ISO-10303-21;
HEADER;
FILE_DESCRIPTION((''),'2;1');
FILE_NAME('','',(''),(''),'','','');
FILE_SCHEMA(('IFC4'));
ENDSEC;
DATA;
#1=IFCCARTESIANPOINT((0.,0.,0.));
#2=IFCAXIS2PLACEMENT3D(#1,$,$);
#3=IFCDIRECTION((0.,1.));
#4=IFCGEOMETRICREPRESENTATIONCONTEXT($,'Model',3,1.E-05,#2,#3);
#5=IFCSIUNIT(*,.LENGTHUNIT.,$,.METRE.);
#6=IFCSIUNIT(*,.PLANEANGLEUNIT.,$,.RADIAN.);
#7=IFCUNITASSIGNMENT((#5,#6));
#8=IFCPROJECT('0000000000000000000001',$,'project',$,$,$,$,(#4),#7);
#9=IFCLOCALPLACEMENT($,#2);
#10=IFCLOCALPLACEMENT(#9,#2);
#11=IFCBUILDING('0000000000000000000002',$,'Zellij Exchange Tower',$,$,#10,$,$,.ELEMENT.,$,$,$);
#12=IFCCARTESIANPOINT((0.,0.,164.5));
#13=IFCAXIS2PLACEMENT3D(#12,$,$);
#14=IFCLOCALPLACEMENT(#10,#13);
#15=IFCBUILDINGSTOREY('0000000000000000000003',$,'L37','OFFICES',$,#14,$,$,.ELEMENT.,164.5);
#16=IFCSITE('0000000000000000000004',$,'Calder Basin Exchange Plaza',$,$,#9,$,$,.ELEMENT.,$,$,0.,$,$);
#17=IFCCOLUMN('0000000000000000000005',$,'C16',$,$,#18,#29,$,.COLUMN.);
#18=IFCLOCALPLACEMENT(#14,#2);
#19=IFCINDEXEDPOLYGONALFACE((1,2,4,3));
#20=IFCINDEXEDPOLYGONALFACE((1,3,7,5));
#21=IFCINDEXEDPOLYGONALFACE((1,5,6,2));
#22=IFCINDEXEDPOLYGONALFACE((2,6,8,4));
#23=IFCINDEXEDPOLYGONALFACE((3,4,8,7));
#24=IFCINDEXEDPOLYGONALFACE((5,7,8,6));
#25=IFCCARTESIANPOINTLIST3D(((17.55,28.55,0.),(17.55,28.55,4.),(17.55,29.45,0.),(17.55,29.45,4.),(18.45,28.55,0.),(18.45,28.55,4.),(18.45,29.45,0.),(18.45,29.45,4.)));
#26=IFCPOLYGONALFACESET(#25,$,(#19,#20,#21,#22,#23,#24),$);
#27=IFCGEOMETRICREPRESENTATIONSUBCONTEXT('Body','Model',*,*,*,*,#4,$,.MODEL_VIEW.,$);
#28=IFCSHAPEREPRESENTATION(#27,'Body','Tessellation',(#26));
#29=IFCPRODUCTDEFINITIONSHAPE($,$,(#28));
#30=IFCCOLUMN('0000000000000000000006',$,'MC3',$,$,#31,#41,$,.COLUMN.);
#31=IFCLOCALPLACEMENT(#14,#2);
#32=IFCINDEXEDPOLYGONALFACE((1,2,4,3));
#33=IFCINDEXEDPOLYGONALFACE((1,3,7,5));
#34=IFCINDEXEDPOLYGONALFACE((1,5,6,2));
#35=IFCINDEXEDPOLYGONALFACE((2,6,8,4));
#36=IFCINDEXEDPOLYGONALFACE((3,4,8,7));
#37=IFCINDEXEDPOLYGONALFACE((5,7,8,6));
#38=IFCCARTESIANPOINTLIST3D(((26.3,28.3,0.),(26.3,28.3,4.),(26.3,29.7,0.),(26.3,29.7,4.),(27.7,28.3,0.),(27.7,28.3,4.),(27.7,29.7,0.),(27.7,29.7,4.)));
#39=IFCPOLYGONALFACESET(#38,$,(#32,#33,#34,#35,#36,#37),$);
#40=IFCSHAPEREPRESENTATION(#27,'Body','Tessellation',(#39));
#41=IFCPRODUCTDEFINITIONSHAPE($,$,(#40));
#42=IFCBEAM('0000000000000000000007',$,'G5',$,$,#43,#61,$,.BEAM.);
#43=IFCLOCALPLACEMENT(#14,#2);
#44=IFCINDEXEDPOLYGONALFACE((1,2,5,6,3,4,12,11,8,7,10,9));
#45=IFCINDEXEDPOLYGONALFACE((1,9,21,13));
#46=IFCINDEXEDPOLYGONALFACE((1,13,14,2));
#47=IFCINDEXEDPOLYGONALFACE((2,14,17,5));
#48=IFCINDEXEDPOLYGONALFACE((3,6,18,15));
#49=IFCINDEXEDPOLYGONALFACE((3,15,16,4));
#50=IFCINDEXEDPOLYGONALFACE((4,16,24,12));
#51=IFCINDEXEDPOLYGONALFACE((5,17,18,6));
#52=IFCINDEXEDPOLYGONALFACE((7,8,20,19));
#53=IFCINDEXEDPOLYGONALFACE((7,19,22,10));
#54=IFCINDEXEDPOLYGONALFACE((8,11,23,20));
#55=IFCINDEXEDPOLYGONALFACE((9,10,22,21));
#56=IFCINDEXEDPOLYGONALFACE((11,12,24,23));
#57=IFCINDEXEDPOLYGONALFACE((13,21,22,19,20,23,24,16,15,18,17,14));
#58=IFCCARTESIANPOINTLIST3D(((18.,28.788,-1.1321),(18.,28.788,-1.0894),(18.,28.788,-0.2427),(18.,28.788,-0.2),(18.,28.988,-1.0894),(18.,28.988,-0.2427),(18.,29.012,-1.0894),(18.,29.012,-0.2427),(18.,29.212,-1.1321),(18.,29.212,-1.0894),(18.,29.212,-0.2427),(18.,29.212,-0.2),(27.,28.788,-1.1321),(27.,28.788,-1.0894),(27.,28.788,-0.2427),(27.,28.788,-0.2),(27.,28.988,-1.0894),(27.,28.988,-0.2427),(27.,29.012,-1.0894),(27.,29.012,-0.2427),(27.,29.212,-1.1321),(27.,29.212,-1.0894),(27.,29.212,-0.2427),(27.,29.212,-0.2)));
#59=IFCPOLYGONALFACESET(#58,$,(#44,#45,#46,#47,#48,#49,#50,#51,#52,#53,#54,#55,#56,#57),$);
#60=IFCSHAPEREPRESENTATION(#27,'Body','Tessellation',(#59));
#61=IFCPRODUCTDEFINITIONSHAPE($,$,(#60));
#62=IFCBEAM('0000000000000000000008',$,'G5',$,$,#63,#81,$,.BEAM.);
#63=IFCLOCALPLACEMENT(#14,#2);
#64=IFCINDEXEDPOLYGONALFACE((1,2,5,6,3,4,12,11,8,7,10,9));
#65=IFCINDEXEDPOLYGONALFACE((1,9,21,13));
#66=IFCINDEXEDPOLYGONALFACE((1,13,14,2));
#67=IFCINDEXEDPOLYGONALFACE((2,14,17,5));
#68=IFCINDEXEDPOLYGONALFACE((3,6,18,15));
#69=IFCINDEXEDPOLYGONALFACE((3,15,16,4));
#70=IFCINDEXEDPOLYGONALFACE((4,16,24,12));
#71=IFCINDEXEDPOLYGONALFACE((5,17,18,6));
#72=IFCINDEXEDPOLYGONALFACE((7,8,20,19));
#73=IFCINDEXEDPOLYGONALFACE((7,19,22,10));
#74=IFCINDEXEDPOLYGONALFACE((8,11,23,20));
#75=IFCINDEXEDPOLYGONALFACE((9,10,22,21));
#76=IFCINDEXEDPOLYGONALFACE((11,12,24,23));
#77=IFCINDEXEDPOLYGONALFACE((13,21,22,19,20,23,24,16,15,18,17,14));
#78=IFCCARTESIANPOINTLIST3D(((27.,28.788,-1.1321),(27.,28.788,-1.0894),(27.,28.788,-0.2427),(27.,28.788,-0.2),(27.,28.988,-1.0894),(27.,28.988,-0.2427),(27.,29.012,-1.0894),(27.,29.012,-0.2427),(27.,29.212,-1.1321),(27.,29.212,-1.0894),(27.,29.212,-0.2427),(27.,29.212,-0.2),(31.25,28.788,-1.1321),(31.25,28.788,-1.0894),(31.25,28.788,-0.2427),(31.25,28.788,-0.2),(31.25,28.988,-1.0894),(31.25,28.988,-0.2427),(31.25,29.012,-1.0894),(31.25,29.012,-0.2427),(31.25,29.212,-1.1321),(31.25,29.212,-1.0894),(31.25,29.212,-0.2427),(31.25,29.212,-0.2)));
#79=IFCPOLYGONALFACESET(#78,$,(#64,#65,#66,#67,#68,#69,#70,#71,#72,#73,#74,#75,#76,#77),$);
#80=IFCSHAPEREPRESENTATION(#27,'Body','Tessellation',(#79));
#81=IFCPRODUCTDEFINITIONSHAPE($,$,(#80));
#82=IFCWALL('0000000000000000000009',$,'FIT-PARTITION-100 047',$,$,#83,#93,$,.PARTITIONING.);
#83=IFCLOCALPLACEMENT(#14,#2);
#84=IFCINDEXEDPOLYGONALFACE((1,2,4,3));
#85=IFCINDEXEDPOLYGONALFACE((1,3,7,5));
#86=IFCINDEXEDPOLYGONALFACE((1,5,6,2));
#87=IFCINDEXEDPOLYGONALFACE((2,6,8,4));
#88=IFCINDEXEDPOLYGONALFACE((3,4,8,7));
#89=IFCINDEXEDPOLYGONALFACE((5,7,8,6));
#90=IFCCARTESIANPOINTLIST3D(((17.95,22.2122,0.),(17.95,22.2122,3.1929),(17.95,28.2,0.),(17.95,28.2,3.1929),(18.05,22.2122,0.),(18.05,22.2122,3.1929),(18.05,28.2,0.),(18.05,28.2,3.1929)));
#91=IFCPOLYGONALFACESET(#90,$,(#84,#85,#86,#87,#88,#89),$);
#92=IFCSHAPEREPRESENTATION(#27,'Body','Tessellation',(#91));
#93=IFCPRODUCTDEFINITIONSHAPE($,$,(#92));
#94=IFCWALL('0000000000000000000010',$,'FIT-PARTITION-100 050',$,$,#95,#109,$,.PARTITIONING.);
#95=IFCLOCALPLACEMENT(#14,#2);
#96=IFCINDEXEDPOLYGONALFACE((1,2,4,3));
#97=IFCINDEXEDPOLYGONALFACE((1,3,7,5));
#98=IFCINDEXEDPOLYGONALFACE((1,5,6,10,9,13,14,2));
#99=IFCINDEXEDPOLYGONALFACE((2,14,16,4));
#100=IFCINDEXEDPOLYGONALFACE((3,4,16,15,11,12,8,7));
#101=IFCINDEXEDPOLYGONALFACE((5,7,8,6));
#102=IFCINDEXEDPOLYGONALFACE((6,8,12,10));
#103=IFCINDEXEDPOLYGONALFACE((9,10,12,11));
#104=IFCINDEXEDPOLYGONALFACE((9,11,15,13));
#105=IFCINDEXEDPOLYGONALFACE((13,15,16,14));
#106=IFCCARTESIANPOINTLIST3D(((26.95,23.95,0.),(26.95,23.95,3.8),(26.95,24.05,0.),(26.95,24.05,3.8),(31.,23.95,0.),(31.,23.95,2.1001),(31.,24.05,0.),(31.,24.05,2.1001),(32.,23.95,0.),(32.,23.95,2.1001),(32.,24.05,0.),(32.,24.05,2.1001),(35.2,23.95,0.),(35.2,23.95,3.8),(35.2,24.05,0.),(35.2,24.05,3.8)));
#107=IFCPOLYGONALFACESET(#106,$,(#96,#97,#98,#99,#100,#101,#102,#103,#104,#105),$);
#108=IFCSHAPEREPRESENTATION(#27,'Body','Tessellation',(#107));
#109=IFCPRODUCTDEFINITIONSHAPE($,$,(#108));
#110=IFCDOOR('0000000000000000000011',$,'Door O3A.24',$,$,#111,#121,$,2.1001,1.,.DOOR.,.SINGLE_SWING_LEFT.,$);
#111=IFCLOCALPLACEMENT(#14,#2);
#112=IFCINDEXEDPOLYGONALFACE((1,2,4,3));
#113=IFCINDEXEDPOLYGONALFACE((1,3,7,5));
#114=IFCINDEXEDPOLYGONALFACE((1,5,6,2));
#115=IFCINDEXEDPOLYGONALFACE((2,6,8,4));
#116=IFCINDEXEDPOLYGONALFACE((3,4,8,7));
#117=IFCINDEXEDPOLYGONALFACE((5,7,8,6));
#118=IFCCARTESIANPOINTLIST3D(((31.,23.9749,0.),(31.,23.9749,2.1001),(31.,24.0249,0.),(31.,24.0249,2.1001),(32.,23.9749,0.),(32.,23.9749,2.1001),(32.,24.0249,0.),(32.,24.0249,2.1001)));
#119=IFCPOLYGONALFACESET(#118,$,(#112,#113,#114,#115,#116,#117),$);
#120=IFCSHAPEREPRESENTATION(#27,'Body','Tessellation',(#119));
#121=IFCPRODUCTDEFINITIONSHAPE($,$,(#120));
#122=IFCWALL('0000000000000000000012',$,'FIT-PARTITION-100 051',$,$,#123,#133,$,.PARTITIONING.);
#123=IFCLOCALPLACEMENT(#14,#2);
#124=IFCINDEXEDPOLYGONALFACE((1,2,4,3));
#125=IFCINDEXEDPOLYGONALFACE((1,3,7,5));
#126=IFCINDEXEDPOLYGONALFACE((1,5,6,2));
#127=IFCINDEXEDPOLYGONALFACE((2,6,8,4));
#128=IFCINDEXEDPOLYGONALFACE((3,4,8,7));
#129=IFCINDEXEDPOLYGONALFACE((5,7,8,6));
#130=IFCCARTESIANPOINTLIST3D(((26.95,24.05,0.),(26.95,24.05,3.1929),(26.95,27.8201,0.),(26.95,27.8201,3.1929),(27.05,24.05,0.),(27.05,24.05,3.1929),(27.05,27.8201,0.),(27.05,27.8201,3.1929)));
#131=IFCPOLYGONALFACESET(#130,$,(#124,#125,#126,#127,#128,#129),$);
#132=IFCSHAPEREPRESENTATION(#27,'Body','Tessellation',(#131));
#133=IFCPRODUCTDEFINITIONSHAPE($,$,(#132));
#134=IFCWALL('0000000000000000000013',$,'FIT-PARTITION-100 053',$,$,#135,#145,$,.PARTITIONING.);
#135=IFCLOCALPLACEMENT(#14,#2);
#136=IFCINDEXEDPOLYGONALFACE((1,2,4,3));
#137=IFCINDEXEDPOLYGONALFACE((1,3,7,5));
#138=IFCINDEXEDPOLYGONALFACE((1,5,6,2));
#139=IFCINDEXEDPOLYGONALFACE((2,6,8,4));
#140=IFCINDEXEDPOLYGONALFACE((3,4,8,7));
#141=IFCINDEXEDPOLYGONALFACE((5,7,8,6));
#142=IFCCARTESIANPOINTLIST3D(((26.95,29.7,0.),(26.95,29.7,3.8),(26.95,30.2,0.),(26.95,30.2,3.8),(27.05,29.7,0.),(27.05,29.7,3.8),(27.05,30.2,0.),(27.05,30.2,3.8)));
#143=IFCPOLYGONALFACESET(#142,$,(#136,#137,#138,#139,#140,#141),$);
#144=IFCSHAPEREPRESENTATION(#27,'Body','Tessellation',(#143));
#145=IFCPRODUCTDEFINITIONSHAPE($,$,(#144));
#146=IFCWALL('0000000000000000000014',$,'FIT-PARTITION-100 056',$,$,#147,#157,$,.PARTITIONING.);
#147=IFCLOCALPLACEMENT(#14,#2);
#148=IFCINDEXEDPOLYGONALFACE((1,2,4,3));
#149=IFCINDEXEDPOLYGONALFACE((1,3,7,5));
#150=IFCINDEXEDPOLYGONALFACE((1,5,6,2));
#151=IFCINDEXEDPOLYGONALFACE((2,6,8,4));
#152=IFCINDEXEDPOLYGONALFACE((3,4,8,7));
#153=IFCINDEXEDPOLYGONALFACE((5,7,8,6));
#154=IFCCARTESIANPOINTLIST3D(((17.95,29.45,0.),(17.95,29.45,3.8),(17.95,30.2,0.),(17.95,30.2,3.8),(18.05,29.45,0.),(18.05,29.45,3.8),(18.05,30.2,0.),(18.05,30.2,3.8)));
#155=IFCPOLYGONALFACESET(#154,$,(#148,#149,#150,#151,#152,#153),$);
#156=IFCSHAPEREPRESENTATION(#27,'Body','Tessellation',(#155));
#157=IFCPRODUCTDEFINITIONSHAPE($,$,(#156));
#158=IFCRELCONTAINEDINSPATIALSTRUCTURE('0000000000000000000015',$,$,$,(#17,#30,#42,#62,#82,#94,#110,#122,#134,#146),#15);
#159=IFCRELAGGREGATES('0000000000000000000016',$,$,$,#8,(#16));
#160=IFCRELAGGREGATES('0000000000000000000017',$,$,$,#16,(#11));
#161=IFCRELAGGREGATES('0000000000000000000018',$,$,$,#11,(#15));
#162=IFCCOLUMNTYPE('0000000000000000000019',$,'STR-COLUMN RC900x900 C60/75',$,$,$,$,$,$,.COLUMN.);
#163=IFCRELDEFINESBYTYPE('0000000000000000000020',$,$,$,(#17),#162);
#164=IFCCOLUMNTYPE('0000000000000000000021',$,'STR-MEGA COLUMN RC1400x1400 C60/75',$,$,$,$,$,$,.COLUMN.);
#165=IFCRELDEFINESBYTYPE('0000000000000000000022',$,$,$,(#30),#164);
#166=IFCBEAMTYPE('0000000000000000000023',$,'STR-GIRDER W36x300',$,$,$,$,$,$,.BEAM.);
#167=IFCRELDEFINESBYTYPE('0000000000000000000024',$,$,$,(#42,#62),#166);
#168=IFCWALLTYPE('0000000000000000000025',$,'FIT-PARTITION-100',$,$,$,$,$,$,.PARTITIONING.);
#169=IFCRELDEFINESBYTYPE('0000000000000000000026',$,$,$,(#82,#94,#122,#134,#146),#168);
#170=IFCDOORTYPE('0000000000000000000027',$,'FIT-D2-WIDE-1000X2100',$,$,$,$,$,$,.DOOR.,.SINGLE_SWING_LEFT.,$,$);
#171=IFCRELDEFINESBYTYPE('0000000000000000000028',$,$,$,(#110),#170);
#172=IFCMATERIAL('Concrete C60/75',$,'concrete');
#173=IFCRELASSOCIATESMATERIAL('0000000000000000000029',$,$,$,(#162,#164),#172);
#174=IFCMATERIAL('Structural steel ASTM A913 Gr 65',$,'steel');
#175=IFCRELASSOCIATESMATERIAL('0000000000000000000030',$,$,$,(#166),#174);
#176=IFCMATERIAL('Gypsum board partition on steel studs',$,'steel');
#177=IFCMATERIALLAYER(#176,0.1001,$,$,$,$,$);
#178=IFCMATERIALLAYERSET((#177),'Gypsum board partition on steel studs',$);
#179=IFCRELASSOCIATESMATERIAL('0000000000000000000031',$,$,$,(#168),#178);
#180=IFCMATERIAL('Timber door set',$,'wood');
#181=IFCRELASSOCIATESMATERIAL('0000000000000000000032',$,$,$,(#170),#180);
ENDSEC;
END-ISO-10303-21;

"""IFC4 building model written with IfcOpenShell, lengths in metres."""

from ifc_helpers import new_model, si_unit, direction, frame, frame_2d, origin, origin_2d, place, context, subcontext, project, spatial, rectangle, i_section, extrude, material, layer, layer_set, material_profile, profile_set, type_object, element, fill, save


model = new_model("IFC4")

# Units and contexts
model_context = context("Model", 3, precision=1e-05, world=origin(), true_north=direction((0.0, 1.0)))
body_context = subcontext(model_context, "Body", "Model", "MODEL_VIEW")
ifc_project = project(units=[si_unit("LENGTHUNIT", "METRE"), si_unit("PLANEANGLEUNIT", "RADIAN")], contexts=[model_context])

# Site, building, storey
site_placement = place(None, origin())
site = spatial("IfcSite", under=ifc_project, at=site_placement, Name="Calder Basin Exchange Plaza", CompositionType="ELEMENT", RefElevation=0.0)
building_placement = place(site_placement, origin())
building = spatial("IfcBuilding", under=site, at=building_placement, Name="Zellij Exchange Tower", CompositionType="ELEMENT")
storey_placement = place(building_placement, frame((0.0, 0.0, 164.5)))
storey = spatial("IfcBuildingStorey", under=building, at=storey_placement, Name="L37", Description="OFFICES", CompositionType="ELEMENT", Elevation=164.5)

# Columns
ifc_material_1 = material(Name="Concrete C60/75", Category="concrete")
ifc_material_profile_1 = material_profile(ifc_material_1, rectangle(XDim=0.8999, YDim=0.8999, at=origin_2d()), Name="STR-COLUMN RC900x900 C60/75")
ifc_profile_set_1 = profile_set([ifc_material_profile_1], Name="Concrete C60/75")
column_type_1 = type_object("IfcColumnType", Name="STR-COLUMN RC900x900 C60/75", PredefinedType="COLUMN", material=ifc_profile_set_1)
column_1_placement = place(storey_placement, frame((18.0, 29.0, 0.0), z_axis=(0.0, 0.0, 1.0), x_axis=(1.0, 0.0, 0.0)))
element("IfcColumn", 1, at=column_1_placement, inside=storey, type_object=column_type_1, Name="C16", PredefinedType="COLUMN", context=body_context, shape_type="SweptSolid", body=[
    extrude(rectangle(XDim=0.8999, YDim=0.8999, at=origin_2d()), origin(), (0.0, 0.0, 1.0), 4.0),
])
ifc_material_profile_2 = material_profile(ifc_material_1, rectangle(XDim=1.3999, YDim=1.3999, at=origin_2d()), Name="STR-MEGA COLUMN RC1400x1400 C60/75")
ifc_profile_set_2 = profile_set([ifc_material_profile_2], Name="Concrete C60/75")
column_type_2 = type_object("IfcColumnType", Name="STR-MEGA COLUMN RC1400x1400 C60/75", PredefinedType="COLUMN", material=ifc_profile_set_2)
column_2_placement = place(storey_placement, frame((27.0, 29.0, 0.0), z_axis=(0.0, 0.0, 1.0), x_axis=(1.0, 0.0, 0.0)))
element("IfcColumn", 2, at=column_2_placement, inside=storey, type_object=column_type_2, Name="MC3", PredefinedType="COLUMN", context=body_context, shape_type="SweptSolid", body=[
    extrude(rectangle(XDim=1.3999, YDim=1.3999, at=origin_2d()), origin(), (0.0, 0.0, 1.0), 4.0),
])

# Beams
ifc_material_2 = material(Name="Structural steel ASTM A913 Gr 65", Category="steel")
ifc_material_profile_3 = material_profile(ifc_material_2, i_section(OverallWidth=0.4241, OverallDepth=0.9321, WebThickness=0.0239, FlangeThickness=0.0427, at=origin_2d()), Name="W36x300")
ifc_profile_set_3 = profile_set([ifc_material_profile_3], Name="Structural steel ASTM A913 Gr 65")
beam_type = type_object("IfcBeamType", Name="STR-GIRDER W36x300", PredefinedType="BEAM", material=ifc_profile_set_3)
beam_1_placement = place(storey_placement, frame((18.0, 29.0, -0.666), z_axis=(1.0, 0.0, 0.0), x_axis=(0.0, 1.0, 0.0)))
element("IfcBeam", 3, at=beam_1_placement, inside=storey, type_object=beam_type, Name="G5", PredefinedType="BEAM", context=body_context, shape_type="SweptSolid", body=[
    extrude(i_section(OverallWidth=0.4241, OverallDepth=0.9321, WebThickness=0.0239, FlangeThickness=0.0427, at=origin_2d()), origin(), (0.0, 0.0, 1.0), 9.0),
])
beam_2_placement = place(storey_placement, frame((27.0, 29.0, -0.666), z_axis=(1.0, 0.0, 0.0), x_axis=(0.0, 1.0, 0.0)))
element("IfcBeam", 4, at=beam_2_placement, inside=storey, type_object=beam_type, Name="G5", PredefinedType="BEAM", context=body_context, shape_type="SweptSolid", body=[
    extrude(i_section(OverallWidth=0.4241, OverallDepth=0.9321, WebThickness=0.0239, FlangeThickness=0.0427, at=origin_2d()), origin(), (0.0, 0.0, 1.0), 4.25),
])

# Wall
ifc_material_3 = material(Name="Gypsum board partition on steel studs", Category="steel")
ifc_layer_1 = layer(ifc_material_3, 0.1001)
ifc_layer_set_1 = layer_set([ifc_layer_1], Name="Gypsum board partition on steel studs")
wall_type = type_object("IfcWallType", Name="FIT-PARTITION-100", PredefinedType="PARTITIONING", material=ifc_layer_set_1)
wall_1_placement = place(storey_placement, frame((18.0, 22.2122, 0.0), z_axis=(0.0, 0.0, 1.0), x_axis=(0.0, 1.0, 0.0)))
element("IfcWall", 5, at=wall_1_placement, inside=storey, type_object=wall_type, Name="FIT-PARTITION-100 047", PredefinedType="PARTITIONING", context=body_context, shape_type="SweptSolid", body=[
    extrude(rectangle(XDim=5.9878, YDim=0.1001, at=frame_2d((2.9939, 0.0))), origin(), (0.0, 0.0, 1.0), 3.1929),
])

# Wall, opening, door
wall_2_placement = place(storey_placement, frame((26.95, 24.0, 0.0), z_axis=(0.0, 0.0, 1.0), x_axis=(1.0, 0.0, 0.0)))
wall_2 = element("IfcWall", 6, at=wall_2_placement, inside=storey, type_object=wall_type, Name="FIT-PARTITION-100 050", PredefinedType="PARTITIONING", context=body_context, shape_type="SweptSolid", body=[
    extrude(rectangle(XDim=8.25, YDim=0.1001, at=frame_2d((4.125, 0.0))), origin(), (0.0, 0.0, 1.0), 3.8),
])
opening_placement = place(wall_2_placement, frame((4.05, 0.0, 0.0)))
opening = element("IfcOpeningElement", 7, at=opening_placement, cuts=wall_2, PredefinedType="OPENING", context=body_context, shape_type="SweptSolid", body=[
    extrude(rectangle(XDim=1.0, YDim=2.1001, at=frame_2d((0.5, 1.05))), frame((0.0, 0.062, 0.0), z_axis=(0.0, -1.0, 0.0), x_axis=(1.0, 0.0, 0.0)), (0.0, 0.0, 1.0), 0.124),
])
ifc_material_4 = material(Name="Timber door set", Category="wood")
door_type = type_object("IfcDoorType", Name="FIT-D2-WIDE-1000X2100", OperationType="SINGLE_SWING_LEFT", PredefinedType="DOOR", material=ifc_material_4)
door_placement = place(opening_placement, origin())
door = element("IfcDoor", 8, at=door_placement, inside=storey, type_object=door_type, Name="Door O3A.24", OperationType="SINGLE_SWING_LEFT", OverallHeight=2.1001, OverallWidth=1.0, PredefinedType="DOOR", context=body_context, shape_type="SweptSolid", body=[
    extrude(rectangle(XDim=1.0, YDim=2.1001, at=frame_2d((0.5, 1.05))), frame((0.0, 0.0249, 0.0), z_axis=(0.0, -1.0, 0.0), x_axis=(1.0, 0.0, 0.0)), (0.0, 0.0, 1.0), 0.05),
])
fill(opening, door)

# Walls
wall_3_placement = place(storey_placement, frame((27.0, 24.05, 0.0), z_axis=(0.0, 0.0, 1.0), x_axis=(0.0, 1.0, 0.0)))
element("IfcWall", 9, at=wall_3_placement, inside=storey, type_object=wall_type, Name="FIT-PARTITION-100 051", PredefinedType="PARTITIONING", context=body_context, shape_type="SweptSolid", body=[
    extrude(rectangle(XDim=3.77, YDim=0.1001, at=frame_2d((1.885, 0.0))), origin(), (0.0, 0.0, 1.0), 3.1929),
])
wall_4_placement = place(storey_placement, frame((27.0, 29.7, 0.0), z_axis=(0.0, 0.0, 1.0), x_axis=(0.0, 1.0, 0.0)))
element("IfcWall", 10, at=wall_4_placement, inside=storey, type_object=wall_type, Name="FIT-PARTITION-100 053", PredefinedType="PARTITIONING", context=body_context, shape_type="SweptSolid", body=[
    extrude(rectangle(XDim=0.5, YDim=0.1001, at=frame_2d((0.25, 0.0))), origin(), (0.0, 0.0, 1.0), 3.8),
])
wall_5_placement = place(storey_placement, frame((18.0, 29.45, 0.0), z_axis=(0.0, 0.0, 1.0), x_axis=(0.0, 1.0, 0.0)))
element("IfcWall", 11, at=wall_5_placement, inside=storey, type_object=wall_type, Name="FIT-PARTITION-100 056", PredefinedType="PARTITIONING", context=body_context, shape_type="SweptSolid", body=[
    extrude(rectangle(XDim=0.75, YDim=0.1001, at=frame_2d((0.375, 0.0))), origin(), (0.0, 0.0, 1.0), 3.8),
])

save(model, "model.ifc")
